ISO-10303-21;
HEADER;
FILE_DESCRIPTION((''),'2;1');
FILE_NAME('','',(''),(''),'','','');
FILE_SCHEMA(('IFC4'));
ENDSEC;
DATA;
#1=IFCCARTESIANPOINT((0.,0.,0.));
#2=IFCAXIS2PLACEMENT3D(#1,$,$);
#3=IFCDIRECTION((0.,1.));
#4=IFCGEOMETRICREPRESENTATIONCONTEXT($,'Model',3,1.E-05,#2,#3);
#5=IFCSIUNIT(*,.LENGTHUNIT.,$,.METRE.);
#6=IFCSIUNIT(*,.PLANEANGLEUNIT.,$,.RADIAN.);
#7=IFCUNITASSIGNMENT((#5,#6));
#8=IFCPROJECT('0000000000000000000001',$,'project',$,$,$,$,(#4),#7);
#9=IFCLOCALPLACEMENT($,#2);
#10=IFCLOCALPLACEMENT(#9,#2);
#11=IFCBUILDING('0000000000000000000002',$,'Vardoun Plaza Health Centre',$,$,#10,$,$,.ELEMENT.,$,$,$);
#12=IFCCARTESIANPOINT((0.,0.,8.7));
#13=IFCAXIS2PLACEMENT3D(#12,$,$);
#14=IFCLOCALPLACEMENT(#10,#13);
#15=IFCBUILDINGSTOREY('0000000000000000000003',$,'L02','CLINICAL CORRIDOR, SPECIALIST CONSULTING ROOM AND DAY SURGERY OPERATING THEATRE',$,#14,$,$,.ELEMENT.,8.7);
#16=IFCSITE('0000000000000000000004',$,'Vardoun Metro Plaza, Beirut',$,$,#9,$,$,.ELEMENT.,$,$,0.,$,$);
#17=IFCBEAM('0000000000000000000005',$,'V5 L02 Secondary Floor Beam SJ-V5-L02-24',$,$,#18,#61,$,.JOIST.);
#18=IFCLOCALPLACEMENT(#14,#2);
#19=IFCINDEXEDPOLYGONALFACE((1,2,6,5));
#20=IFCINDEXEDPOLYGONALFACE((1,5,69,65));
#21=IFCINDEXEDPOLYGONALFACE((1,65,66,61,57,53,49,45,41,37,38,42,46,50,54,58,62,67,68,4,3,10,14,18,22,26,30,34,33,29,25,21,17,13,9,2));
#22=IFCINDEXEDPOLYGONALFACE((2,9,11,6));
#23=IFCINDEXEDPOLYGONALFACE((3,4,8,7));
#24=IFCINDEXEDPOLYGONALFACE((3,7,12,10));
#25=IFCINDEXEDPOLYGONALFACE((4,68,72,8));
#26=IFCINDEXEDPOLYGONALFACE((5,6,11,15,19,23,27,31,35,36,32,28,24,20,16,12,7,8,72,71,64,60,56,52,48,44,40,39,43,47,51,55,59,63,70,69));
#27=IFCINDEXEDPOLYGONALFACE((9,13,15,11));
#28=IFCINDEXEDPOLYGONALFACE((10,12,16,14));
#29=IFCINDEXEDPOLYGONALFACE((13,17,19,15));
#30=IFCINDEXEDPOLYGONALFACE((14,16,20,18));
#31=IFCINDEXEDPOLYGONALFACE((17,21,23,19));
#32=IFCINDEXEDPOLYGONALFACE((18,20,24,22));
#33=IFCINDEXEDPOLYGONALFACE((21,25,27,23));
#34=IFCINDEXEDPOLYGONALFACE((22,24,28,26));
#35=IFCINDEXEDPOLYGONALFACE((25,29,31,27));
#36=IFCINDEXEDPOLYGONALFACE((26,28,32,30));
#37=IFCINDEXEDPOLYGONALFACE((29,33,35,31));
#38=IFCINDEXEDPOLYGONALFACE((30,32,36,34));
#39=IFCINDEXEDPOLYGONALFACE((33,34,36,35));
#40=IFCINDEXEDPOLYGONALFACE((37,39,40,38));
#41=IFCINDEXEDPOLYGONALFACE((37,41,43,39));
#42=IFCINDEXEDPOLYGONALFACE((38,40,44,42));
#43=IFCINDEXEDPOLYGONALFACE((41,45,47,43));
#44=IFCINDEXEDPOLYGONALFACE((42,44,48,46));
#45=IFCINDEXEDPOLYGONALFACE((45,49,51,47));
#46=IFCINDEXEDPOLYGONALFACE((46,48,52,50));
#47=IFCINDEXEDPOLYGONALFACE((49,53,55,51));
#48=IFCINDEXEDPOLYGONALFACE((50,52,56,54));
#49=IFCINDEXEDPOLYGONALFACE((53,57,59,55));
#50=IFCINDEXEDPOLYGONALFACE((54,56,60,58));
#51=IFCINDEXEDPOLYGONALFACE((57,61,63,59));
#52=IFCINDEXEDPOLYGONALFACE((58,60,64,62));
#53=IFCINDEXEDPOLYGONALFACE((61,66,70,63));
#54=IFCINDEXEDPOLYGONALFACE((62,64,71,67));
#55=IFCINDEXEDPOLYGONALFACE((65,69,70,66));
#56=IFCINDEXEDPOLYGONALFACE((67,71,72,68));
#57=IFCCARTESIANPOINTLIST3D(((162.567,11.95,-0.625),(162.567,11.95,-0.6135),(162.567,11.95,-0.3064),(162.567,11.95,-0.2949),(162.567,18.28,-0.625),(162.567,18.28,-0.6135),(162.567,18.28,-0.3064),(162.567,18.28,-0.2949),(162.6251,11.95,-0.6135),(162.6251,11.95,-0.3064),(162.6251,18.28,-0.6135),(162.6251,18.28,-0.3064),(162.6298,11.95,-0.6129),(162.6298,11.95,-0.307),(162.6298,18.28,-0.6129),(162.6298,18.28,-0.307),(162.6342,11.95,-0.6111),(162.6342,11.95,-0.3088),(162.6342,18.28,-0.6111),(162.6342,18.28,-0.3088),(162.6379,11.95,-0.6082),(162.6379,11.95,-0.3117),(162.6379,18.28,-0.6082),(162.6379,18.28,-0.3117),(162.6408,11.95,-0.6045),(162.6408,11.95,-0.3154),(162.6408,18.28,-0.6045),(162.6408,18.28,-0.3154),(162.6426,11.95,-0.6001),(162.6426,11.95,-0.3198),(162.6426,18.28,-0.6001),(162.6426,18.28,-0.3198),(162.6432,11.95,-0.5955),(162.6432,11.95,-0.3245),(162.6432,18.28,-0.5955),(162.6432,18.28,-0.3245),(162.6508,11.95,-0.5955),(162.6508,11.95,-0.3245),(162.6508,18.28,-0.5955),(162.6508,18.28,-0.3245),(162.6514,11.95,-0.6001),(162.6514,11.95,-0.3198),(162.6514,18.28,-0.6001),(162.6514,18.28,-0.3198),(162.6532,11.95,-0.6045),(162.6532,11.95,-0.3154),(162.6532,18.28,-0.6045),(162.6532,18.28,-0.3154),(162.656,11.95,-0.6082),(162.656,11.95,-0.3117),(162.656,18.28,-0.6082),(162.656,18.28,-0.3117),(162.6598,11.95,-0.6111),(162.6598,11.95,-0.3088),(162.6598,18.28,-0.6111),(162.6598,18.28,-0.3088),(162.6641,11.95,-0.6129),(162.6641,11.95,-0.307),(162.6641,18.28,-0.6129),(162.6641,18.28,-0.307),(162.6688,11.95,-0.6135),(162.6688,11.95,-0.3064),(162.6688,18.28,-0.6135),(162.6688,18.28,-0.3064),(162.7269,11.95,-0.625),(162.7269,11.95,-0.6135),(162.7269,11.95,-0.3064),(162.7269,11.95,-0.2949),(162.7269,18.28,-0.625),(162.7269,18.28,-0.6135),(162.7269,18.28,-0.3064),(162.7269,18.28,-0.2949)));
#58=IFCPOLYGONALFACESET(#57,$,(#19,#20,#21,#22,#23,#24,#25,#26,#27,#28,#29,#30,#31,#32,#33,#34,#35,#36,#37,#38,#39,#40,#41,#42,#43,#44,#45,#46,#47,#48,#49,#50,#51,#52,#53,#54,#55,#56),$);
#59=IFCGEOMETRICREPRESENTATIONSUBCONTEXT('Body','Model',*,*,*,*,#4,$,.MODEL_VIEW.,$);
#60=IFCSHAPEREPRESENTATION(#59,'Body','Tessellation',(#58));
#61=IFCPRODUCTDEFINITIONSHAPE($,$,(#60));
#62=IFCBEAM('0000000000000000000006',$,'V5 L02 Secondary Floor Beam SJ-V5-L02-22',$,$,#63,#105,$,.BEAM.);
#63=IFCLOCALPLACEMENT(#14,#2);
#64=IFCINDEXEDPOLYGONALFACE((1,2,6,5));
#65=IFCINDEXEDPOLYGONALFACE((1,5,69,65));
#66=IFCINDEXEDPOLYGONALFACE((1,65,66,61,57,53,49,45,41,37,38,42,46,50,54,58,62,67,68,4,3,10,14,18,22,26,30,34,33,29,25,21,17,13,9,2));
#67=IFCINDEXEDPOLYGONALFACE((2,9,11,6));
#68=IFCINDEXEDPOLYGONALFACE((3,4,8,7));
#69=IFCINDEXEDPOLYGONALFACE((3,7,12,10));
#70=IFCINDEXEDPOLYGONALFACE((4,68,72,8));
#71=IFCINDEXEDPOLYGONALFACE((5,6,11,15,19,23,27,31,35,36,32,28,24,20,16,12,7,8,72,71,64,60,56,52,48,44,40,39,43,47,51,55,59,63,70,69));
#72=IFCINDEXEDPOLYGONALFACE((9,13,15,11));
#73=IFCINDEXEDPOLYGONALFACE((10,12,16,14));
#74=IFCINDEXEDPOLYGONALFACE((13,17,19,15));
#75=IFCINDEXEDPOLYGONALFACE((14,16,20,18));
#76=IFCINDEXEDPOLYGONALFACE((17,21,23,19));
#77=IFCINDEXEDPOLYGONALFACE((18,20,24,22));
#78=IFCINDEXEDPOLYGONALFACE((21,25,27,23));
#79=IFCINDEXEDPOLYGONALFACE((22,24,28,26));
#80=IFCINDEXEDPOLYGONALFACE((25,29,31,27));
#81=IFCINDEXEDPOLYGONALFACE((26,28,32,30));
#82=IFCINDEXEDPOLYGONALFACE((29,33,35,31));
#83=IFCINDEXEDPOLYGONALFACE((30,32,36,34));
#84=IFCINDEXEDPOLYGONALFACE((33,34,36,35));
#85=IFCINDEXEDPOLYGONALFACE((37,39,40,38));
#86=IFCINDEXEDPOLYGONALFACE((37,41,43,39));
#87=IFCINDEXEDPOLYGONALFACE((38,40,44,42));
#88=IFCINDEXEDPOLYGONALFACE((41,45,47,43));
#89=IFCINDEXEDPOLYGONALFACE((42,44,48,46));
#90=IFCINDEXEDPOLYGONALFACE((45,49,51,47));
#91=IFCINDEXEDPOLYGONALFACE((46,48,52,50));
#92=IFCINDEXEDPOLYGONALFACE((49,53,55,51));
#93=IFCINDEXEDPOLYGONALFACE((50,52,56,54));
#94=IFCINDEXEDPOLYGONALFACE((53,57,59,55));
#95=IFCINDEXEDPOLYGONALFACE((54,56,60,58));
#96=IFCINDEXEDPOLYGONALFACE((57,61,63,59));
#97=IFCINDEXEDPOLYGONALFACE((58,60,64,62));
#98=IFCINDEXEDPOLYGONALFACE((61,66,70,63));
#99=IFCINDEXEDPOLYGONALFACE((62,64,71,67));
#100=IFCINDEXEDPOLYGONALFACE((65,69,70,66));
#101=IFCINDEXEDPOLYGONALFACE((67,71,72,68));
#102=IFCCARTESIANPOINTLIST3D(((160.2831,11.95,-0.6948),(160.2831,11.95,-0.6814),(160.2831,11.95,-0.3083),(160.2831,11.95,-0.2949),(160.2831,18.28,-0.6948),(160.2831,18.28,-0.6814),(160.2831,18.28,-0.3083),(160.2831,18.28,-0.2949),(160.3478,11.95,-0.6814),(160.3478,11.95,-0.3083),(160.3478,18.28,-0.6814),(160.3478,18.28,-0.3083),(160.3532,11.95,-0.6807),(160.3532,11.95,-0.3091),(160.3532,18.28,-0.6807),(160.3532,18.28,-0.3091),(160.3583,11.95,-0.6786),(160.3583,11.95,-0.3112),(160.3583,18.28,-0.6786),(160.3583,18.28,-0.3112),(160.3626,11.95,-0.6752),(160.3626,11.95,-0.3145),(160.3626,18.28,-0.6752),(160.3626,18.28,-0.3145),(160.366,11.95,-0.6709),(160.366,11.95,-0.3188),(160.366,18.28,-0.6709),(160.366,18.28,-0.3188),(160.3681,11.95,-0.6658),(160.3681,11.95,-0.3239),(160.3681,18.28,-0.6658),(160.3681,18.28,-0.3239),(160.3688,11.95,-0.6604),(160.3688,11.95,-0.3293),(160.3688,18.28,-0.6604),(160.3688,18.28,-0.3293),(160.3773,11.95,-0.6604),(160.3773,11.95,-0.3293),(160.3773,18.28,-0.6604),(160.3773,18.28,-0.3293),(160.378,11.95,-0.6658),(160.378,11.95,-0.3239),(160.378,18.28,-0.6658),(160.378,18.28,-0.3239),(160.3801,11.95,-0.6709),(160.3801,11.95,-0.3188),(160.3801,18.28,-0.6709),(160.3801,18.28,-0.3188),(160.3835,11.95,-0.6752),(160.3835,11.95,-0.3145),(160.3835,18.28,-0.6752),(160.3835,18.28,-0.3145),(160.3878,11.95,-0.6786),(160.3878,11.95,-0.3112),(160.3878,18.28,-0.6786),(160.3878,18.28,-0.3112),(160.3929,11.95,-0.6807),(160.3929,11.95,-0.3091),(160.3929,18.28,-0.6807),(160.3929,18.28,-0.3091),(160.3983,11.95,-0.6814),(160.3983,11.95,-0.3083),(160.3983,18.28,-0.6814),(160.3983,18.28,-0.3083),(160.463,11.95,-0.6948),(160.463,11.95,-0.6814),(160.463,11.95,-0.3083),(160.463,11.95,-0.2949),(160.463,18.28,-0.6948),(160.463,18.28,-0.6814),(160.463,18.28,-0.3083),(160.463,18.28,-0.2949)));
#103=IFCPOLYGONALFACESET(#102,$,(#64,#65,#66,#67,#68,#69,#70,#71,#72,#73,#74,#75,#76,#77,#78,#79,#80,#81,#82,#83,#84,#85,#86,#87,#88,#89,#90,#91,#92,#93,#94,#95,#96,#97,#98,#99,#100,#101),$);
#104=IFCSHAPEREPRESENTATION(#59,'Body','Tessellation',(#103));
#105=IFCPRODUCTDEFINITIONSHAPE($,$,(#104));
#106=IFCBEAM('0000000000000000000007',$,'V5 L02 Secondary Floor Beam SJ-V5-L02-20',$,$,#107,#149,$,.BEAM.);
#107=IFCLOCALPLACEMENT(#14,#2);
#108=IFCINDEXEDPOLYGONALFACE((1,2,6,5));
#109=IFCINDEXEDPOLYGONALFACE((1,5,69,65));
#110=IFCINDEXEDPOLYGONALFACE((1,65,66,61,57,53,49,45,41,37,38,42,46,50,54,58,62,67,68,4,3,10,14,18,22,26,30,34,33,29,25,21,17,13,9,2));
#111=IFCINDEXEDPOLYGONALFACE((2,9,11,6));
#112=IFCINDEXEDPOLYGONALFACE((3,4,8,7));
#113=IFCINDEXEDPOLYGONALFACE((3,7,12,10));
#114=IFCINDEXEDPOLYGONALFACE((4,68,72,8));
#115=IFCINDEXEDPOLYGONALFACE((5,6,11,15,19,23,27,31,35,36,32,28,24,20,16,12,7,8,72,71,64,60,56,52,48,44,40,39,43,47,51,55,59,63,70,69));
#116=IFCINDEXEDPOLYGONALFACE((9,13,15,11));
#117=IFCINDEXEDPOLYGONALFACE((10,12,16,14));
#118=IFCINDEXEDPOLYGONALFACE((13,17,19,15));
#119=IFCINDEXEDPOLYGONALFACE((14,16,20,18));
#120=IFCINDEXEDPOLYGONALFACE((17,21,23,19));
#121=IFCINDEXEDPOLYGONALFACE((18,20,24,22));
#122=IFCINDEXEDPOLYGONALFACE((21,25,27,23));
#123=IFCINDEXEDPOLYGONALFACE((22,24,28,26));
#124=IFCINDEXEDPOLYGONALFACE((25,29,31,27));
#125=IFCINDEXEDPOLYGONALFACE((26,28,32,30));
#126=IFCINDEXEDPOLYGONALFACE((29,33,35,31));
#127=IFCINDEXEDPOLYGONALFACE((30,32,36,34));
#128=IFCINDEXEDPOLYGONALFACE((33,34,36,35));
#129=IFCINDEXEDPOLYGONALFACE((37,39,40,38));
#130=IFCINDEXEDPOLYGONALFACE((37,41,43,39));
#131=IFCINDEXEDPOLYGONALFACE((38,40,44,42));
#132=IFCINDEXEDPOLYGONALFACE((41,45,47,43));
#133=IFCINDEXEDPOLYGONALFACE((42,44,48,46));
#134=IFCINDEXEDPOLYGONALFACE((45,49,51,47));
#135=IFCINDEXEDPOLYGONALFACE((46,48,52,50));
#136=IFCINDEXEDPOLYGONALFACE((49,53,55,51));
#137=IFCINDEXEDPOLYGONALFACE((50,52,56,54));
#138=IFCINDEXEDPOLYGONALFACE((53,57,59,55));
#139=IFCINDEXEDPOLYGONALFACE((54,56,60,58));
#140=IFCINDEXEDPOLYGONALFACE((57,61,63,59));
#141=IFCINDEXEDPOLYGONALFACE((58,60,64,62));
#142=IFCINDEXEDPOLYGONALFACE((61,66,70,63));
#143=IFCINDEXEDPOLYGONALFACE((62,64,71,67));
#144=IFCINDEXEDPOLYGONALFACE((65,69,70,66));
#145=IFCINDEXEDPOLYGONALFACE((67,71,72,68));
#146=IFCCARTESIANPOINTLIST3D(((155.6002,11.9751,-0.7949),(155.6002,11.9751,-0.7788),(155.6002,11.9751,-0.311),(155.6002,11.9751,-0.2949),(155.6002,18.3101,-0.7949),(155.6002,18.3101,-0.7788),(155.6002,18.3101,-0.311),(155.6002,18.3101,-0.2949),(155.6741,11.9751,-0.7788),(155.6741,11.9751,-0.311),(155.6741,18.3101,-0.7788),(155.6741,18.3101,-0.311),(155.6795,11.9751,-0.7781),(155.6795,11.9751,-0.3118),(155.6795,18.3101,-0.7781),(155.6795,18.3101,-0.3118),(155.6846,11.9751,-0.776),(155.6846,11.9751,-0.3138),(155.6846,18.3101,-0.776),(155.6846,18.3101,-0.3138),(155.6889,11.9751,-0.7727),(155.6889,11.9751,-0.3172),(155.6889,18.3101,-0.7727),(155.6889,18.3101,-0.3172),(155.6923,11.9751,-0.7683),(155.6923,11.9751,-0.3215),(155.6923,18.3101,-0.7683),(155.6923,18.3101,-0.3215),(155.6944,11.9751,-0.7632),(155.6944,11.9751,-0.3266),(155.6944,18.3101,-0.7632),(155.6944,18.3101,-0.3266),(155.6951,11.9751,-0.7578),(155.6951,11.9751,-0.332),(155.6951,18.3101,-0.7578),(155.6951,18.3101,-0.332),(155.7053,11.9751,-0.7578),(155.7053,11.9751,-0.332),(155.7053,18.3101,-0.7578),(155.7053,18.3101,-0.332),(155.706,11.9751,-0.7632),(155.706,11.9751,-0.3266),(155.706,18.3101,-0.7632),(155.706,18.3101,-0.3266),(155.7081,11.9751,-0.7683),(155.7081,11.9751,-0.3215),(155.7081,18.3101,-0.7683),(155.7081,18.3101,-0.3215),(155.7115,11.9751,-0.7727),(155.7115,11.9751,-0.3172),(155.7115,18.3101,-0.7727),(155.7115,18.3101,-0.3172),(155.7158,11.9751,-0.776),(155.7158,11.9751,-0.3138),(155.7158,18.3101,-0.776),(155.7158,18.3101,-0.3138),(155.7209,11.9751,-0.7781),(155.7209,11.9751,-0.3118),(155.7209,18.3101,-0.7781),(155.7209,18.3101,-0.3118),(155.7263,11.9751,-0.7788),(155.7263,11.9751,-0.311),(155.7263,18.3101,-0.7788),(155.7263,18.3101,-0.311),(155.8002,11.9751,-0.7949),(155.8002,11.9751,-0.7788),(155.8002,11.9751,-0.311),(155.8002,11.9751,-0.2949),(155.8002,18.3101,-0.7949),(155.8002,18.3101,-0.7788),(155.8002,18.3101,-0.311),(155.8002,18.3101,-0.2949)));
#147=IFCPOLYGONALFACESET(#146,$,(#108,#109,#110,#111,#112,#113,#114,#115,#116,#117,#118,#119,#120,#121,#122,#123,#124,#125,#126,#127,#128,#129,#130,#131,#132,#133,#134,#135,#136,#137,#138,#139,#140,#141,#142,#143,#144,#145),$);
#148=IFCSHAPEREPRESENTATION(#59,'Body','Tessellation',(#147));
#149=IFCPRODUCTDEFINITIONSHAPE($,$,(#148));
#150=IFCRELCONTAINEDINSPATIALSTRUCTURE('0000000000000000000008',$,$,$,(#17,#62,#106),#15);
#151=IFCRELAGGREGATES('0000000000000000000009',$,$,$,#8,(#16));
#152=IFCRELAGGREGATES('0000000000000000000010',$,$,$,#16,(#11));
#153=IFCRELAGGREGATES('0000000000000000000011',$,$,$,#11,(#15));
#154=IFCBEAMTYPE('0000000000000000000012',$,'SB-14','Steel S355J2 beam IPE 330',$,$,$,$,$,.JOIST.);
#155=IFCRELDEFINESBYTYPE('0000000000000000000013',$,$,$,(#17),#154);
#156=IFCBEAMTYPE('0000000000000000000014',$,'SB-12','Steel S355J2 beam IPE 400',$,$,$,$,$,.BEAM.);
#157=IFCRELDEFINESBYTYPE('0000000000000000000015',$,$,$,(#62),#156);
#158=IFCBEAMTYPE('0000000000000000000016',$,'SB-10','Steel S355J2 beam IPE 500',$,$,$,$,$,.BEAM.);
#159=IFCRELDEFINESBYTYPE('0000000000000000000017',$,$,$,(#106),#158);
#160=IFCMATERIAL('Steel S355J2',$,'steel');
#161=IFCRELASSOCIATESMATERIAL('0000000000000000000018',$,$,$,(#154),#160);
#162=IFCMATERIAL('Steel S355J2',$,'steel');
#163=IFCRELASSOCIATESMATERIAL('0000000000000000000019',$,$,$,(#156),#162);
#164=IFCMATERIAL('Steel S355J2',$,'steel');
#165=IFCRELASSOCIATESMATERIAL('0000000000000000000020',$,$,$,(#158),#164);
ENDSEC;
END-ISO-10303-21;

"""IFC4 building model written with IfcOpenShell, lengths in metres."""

from ifc_helpers import new_model, si_unit, direction, frame, origin, origin_2d, place, context, subcontext, project, spatial, i_section, extrude, material, material_profile, profile_set, type_object, element, save


model = new_model("IFC4")

# Units and contexts
model_context = context("Model", 3, precision=1e-05, world=origin(), true_north=direction((0.0, 1.0)))
body_context = subcontext(model_context, "Body", "Model", "MODEL_VIEW")
ifc_project = project(units=[si_unit("LENGTHUNIT", "METRE"), si_unit("PLANEANGLEUNIT", "RADIAN")], contexts=[model_context])

# Site, building, storey
site_placement = place(None, origin())
site = spatial("IfcSite", under=ifc_project, at=site_placement, Name="Vardoun Metro Plaza, Beirut", CompositionType="ELEMENT", RefElevation=0.0)
building_placement = place(site_placement, origin())
building = spatial("IfcBuilding", under=site, at=building_placement, Name="Vardoun Plaza Health Centre", CompositionType="ELEMENT")
storey_placement = place(building_placement, frame((0.0, 0.0, 8.7)))
storey = spatial("IfcBuildingStorey", under=building, at=storey_placement, Name="L02", Description="CLINICAL CORRIDOR, SPECIALIST CONSULTING ROOM AND DAY SURGERY OPERATING THEATRE", CompositionType="ELEMENT", Elevation=8.7)

# Beams
ifc_material_1 = material(Name="Steel S355J2", Category="steel")
ifc_material_profile_1 = material_profile(ifc_material_1, i_section(OverallWidth=0.1599, OverallDepth=0.3301, WebThickness=0.0076, FlangeThickness=0.0115, FilletRadius=0.0181, at=origin_2d()), Name="IPE 330")
ifc_profile_set_1 = profile_set([ifc_material_profile_1], Name="Steel S355J2")
beam_type_1 = type_object("IfcBeamType", Name="SB-14", Description="Steel S355J2 beam IPE 330", PredefinedType="JOIST", material=ifc_profile_set_1)
beam_1_placement = place(storey_placement, frame((162.647, 11.95, -0.46), z_axis=(0.0, 1.0, 0.0), x_axis=(-1.0, 0.0, 0.0)))
element("IfcBeam", 1, at=beam_1_placement, inside=storey, type_object=beam_type_1, Name="V5 L02 Secondary Floor Beam SJ-V5-L02-24", PredefinedType="JOIST", context=body_context, shape_type="SweptSolid", body=[
    extrude(i_section(OverallWidth=0.1599, OverallDepth=0.3301, WebThickness=0.0076, FlangeThickness=0.0115, FilletRadius=0.0181, at=origin_2d()), origin(), (0.0, 0.0, 1.0), 6.3301),
])
ifc_material_2 = material(Name="Steel S355J2", Category="steel")
ifc_material_profile_2 = material_profile(ifc_material_2, i_section(OverallWidth=0.1799, OverallDepth=0.3999, WebThickness=0.0085, FlangeThickness=0.0134, FilletRadius=0.021, at=origin_2d()), Name="IPE 400")
ifc_profile_set_2 = profile_set([ifc_material_profile_2], Name="Steel S355J2")
beam_type_2 = type_object("IfcBeamType", Name="SB-12", Description="Steel S355J2 beam IPE 400", PredefinedType="BEAM", material=ifc_profile_set_2)
beam_2_placement = place(storey_placement, frame((160.373, 11.95, -0.4949), z_axis=(0.0, 1.0, 0.0), x_axis=(-1.0, 0.0, 0.0)))
element("IfcBeam", 2, at=beam_2_placement, inside=storey, type_object=beam_type_2, Name="V5 L02 Secondary Floor Beam SJ-V5-L02-22", PredefinedType="BEAM", context=body_context, shape_type="SweptSolid", body=[
    extrude(i_section(OverallWidth=0.1799, OverallDepth=0.3999, WebThickness=0.0085, FlangeThickness=0.0134, FilletRadius=0.021, at=origin_2d()), origin(), (0.0, 0.0, 1.0), 6.3301),
])
ifc_material_3 = material(Name="Steel S355J2", Category="steel")
ifc_material_profile_3 = material_profile(ifc_material_3, i_section(OverallWidth=0.2, OverallDepth=0.5, WebThickness=0.0103, FlangeThickness=0.0161, FilletRadius=0.021, at=origin_2d()), Name="IPE 500")
ifc_profile_set_3 = profile_set([ifc_material_profile_3], Name="Steel S355J2")
beam_type_3 = type_object("IfcBeamType", Name="SB-10", Description="Steel S355J2 beam IPE 500", PredefinedType="BEAM", material=ifc_profile_set_3)
beam_3_placement = place(storey_placement, frame((155.7002, 11.9751, -0.5449), z_axis=(0.0, 1.0, 0.0), x_axis=(-1.0, 0.0, 0.0)))
element("IfcBeam", 3, at=beam_3_placement, inside=storey, type_object=beam_type_3, Name="V5 L02 Secondary Floor Beam SJ-V5-L02-20", PredefinedType="BEAM", context=body_context, shape_type="SweptSolid", body=[
    extrude(i_section(OverallWidth=0.2, OverallDepth=0.5, WebThickness=0.0103, FlangeThickness=0.0161, FilletRadius=0.021, at=origin_2d()), origin(), (0.0, 0.0, 1.0), 6.335),
])

save(model, "model.ifc")
